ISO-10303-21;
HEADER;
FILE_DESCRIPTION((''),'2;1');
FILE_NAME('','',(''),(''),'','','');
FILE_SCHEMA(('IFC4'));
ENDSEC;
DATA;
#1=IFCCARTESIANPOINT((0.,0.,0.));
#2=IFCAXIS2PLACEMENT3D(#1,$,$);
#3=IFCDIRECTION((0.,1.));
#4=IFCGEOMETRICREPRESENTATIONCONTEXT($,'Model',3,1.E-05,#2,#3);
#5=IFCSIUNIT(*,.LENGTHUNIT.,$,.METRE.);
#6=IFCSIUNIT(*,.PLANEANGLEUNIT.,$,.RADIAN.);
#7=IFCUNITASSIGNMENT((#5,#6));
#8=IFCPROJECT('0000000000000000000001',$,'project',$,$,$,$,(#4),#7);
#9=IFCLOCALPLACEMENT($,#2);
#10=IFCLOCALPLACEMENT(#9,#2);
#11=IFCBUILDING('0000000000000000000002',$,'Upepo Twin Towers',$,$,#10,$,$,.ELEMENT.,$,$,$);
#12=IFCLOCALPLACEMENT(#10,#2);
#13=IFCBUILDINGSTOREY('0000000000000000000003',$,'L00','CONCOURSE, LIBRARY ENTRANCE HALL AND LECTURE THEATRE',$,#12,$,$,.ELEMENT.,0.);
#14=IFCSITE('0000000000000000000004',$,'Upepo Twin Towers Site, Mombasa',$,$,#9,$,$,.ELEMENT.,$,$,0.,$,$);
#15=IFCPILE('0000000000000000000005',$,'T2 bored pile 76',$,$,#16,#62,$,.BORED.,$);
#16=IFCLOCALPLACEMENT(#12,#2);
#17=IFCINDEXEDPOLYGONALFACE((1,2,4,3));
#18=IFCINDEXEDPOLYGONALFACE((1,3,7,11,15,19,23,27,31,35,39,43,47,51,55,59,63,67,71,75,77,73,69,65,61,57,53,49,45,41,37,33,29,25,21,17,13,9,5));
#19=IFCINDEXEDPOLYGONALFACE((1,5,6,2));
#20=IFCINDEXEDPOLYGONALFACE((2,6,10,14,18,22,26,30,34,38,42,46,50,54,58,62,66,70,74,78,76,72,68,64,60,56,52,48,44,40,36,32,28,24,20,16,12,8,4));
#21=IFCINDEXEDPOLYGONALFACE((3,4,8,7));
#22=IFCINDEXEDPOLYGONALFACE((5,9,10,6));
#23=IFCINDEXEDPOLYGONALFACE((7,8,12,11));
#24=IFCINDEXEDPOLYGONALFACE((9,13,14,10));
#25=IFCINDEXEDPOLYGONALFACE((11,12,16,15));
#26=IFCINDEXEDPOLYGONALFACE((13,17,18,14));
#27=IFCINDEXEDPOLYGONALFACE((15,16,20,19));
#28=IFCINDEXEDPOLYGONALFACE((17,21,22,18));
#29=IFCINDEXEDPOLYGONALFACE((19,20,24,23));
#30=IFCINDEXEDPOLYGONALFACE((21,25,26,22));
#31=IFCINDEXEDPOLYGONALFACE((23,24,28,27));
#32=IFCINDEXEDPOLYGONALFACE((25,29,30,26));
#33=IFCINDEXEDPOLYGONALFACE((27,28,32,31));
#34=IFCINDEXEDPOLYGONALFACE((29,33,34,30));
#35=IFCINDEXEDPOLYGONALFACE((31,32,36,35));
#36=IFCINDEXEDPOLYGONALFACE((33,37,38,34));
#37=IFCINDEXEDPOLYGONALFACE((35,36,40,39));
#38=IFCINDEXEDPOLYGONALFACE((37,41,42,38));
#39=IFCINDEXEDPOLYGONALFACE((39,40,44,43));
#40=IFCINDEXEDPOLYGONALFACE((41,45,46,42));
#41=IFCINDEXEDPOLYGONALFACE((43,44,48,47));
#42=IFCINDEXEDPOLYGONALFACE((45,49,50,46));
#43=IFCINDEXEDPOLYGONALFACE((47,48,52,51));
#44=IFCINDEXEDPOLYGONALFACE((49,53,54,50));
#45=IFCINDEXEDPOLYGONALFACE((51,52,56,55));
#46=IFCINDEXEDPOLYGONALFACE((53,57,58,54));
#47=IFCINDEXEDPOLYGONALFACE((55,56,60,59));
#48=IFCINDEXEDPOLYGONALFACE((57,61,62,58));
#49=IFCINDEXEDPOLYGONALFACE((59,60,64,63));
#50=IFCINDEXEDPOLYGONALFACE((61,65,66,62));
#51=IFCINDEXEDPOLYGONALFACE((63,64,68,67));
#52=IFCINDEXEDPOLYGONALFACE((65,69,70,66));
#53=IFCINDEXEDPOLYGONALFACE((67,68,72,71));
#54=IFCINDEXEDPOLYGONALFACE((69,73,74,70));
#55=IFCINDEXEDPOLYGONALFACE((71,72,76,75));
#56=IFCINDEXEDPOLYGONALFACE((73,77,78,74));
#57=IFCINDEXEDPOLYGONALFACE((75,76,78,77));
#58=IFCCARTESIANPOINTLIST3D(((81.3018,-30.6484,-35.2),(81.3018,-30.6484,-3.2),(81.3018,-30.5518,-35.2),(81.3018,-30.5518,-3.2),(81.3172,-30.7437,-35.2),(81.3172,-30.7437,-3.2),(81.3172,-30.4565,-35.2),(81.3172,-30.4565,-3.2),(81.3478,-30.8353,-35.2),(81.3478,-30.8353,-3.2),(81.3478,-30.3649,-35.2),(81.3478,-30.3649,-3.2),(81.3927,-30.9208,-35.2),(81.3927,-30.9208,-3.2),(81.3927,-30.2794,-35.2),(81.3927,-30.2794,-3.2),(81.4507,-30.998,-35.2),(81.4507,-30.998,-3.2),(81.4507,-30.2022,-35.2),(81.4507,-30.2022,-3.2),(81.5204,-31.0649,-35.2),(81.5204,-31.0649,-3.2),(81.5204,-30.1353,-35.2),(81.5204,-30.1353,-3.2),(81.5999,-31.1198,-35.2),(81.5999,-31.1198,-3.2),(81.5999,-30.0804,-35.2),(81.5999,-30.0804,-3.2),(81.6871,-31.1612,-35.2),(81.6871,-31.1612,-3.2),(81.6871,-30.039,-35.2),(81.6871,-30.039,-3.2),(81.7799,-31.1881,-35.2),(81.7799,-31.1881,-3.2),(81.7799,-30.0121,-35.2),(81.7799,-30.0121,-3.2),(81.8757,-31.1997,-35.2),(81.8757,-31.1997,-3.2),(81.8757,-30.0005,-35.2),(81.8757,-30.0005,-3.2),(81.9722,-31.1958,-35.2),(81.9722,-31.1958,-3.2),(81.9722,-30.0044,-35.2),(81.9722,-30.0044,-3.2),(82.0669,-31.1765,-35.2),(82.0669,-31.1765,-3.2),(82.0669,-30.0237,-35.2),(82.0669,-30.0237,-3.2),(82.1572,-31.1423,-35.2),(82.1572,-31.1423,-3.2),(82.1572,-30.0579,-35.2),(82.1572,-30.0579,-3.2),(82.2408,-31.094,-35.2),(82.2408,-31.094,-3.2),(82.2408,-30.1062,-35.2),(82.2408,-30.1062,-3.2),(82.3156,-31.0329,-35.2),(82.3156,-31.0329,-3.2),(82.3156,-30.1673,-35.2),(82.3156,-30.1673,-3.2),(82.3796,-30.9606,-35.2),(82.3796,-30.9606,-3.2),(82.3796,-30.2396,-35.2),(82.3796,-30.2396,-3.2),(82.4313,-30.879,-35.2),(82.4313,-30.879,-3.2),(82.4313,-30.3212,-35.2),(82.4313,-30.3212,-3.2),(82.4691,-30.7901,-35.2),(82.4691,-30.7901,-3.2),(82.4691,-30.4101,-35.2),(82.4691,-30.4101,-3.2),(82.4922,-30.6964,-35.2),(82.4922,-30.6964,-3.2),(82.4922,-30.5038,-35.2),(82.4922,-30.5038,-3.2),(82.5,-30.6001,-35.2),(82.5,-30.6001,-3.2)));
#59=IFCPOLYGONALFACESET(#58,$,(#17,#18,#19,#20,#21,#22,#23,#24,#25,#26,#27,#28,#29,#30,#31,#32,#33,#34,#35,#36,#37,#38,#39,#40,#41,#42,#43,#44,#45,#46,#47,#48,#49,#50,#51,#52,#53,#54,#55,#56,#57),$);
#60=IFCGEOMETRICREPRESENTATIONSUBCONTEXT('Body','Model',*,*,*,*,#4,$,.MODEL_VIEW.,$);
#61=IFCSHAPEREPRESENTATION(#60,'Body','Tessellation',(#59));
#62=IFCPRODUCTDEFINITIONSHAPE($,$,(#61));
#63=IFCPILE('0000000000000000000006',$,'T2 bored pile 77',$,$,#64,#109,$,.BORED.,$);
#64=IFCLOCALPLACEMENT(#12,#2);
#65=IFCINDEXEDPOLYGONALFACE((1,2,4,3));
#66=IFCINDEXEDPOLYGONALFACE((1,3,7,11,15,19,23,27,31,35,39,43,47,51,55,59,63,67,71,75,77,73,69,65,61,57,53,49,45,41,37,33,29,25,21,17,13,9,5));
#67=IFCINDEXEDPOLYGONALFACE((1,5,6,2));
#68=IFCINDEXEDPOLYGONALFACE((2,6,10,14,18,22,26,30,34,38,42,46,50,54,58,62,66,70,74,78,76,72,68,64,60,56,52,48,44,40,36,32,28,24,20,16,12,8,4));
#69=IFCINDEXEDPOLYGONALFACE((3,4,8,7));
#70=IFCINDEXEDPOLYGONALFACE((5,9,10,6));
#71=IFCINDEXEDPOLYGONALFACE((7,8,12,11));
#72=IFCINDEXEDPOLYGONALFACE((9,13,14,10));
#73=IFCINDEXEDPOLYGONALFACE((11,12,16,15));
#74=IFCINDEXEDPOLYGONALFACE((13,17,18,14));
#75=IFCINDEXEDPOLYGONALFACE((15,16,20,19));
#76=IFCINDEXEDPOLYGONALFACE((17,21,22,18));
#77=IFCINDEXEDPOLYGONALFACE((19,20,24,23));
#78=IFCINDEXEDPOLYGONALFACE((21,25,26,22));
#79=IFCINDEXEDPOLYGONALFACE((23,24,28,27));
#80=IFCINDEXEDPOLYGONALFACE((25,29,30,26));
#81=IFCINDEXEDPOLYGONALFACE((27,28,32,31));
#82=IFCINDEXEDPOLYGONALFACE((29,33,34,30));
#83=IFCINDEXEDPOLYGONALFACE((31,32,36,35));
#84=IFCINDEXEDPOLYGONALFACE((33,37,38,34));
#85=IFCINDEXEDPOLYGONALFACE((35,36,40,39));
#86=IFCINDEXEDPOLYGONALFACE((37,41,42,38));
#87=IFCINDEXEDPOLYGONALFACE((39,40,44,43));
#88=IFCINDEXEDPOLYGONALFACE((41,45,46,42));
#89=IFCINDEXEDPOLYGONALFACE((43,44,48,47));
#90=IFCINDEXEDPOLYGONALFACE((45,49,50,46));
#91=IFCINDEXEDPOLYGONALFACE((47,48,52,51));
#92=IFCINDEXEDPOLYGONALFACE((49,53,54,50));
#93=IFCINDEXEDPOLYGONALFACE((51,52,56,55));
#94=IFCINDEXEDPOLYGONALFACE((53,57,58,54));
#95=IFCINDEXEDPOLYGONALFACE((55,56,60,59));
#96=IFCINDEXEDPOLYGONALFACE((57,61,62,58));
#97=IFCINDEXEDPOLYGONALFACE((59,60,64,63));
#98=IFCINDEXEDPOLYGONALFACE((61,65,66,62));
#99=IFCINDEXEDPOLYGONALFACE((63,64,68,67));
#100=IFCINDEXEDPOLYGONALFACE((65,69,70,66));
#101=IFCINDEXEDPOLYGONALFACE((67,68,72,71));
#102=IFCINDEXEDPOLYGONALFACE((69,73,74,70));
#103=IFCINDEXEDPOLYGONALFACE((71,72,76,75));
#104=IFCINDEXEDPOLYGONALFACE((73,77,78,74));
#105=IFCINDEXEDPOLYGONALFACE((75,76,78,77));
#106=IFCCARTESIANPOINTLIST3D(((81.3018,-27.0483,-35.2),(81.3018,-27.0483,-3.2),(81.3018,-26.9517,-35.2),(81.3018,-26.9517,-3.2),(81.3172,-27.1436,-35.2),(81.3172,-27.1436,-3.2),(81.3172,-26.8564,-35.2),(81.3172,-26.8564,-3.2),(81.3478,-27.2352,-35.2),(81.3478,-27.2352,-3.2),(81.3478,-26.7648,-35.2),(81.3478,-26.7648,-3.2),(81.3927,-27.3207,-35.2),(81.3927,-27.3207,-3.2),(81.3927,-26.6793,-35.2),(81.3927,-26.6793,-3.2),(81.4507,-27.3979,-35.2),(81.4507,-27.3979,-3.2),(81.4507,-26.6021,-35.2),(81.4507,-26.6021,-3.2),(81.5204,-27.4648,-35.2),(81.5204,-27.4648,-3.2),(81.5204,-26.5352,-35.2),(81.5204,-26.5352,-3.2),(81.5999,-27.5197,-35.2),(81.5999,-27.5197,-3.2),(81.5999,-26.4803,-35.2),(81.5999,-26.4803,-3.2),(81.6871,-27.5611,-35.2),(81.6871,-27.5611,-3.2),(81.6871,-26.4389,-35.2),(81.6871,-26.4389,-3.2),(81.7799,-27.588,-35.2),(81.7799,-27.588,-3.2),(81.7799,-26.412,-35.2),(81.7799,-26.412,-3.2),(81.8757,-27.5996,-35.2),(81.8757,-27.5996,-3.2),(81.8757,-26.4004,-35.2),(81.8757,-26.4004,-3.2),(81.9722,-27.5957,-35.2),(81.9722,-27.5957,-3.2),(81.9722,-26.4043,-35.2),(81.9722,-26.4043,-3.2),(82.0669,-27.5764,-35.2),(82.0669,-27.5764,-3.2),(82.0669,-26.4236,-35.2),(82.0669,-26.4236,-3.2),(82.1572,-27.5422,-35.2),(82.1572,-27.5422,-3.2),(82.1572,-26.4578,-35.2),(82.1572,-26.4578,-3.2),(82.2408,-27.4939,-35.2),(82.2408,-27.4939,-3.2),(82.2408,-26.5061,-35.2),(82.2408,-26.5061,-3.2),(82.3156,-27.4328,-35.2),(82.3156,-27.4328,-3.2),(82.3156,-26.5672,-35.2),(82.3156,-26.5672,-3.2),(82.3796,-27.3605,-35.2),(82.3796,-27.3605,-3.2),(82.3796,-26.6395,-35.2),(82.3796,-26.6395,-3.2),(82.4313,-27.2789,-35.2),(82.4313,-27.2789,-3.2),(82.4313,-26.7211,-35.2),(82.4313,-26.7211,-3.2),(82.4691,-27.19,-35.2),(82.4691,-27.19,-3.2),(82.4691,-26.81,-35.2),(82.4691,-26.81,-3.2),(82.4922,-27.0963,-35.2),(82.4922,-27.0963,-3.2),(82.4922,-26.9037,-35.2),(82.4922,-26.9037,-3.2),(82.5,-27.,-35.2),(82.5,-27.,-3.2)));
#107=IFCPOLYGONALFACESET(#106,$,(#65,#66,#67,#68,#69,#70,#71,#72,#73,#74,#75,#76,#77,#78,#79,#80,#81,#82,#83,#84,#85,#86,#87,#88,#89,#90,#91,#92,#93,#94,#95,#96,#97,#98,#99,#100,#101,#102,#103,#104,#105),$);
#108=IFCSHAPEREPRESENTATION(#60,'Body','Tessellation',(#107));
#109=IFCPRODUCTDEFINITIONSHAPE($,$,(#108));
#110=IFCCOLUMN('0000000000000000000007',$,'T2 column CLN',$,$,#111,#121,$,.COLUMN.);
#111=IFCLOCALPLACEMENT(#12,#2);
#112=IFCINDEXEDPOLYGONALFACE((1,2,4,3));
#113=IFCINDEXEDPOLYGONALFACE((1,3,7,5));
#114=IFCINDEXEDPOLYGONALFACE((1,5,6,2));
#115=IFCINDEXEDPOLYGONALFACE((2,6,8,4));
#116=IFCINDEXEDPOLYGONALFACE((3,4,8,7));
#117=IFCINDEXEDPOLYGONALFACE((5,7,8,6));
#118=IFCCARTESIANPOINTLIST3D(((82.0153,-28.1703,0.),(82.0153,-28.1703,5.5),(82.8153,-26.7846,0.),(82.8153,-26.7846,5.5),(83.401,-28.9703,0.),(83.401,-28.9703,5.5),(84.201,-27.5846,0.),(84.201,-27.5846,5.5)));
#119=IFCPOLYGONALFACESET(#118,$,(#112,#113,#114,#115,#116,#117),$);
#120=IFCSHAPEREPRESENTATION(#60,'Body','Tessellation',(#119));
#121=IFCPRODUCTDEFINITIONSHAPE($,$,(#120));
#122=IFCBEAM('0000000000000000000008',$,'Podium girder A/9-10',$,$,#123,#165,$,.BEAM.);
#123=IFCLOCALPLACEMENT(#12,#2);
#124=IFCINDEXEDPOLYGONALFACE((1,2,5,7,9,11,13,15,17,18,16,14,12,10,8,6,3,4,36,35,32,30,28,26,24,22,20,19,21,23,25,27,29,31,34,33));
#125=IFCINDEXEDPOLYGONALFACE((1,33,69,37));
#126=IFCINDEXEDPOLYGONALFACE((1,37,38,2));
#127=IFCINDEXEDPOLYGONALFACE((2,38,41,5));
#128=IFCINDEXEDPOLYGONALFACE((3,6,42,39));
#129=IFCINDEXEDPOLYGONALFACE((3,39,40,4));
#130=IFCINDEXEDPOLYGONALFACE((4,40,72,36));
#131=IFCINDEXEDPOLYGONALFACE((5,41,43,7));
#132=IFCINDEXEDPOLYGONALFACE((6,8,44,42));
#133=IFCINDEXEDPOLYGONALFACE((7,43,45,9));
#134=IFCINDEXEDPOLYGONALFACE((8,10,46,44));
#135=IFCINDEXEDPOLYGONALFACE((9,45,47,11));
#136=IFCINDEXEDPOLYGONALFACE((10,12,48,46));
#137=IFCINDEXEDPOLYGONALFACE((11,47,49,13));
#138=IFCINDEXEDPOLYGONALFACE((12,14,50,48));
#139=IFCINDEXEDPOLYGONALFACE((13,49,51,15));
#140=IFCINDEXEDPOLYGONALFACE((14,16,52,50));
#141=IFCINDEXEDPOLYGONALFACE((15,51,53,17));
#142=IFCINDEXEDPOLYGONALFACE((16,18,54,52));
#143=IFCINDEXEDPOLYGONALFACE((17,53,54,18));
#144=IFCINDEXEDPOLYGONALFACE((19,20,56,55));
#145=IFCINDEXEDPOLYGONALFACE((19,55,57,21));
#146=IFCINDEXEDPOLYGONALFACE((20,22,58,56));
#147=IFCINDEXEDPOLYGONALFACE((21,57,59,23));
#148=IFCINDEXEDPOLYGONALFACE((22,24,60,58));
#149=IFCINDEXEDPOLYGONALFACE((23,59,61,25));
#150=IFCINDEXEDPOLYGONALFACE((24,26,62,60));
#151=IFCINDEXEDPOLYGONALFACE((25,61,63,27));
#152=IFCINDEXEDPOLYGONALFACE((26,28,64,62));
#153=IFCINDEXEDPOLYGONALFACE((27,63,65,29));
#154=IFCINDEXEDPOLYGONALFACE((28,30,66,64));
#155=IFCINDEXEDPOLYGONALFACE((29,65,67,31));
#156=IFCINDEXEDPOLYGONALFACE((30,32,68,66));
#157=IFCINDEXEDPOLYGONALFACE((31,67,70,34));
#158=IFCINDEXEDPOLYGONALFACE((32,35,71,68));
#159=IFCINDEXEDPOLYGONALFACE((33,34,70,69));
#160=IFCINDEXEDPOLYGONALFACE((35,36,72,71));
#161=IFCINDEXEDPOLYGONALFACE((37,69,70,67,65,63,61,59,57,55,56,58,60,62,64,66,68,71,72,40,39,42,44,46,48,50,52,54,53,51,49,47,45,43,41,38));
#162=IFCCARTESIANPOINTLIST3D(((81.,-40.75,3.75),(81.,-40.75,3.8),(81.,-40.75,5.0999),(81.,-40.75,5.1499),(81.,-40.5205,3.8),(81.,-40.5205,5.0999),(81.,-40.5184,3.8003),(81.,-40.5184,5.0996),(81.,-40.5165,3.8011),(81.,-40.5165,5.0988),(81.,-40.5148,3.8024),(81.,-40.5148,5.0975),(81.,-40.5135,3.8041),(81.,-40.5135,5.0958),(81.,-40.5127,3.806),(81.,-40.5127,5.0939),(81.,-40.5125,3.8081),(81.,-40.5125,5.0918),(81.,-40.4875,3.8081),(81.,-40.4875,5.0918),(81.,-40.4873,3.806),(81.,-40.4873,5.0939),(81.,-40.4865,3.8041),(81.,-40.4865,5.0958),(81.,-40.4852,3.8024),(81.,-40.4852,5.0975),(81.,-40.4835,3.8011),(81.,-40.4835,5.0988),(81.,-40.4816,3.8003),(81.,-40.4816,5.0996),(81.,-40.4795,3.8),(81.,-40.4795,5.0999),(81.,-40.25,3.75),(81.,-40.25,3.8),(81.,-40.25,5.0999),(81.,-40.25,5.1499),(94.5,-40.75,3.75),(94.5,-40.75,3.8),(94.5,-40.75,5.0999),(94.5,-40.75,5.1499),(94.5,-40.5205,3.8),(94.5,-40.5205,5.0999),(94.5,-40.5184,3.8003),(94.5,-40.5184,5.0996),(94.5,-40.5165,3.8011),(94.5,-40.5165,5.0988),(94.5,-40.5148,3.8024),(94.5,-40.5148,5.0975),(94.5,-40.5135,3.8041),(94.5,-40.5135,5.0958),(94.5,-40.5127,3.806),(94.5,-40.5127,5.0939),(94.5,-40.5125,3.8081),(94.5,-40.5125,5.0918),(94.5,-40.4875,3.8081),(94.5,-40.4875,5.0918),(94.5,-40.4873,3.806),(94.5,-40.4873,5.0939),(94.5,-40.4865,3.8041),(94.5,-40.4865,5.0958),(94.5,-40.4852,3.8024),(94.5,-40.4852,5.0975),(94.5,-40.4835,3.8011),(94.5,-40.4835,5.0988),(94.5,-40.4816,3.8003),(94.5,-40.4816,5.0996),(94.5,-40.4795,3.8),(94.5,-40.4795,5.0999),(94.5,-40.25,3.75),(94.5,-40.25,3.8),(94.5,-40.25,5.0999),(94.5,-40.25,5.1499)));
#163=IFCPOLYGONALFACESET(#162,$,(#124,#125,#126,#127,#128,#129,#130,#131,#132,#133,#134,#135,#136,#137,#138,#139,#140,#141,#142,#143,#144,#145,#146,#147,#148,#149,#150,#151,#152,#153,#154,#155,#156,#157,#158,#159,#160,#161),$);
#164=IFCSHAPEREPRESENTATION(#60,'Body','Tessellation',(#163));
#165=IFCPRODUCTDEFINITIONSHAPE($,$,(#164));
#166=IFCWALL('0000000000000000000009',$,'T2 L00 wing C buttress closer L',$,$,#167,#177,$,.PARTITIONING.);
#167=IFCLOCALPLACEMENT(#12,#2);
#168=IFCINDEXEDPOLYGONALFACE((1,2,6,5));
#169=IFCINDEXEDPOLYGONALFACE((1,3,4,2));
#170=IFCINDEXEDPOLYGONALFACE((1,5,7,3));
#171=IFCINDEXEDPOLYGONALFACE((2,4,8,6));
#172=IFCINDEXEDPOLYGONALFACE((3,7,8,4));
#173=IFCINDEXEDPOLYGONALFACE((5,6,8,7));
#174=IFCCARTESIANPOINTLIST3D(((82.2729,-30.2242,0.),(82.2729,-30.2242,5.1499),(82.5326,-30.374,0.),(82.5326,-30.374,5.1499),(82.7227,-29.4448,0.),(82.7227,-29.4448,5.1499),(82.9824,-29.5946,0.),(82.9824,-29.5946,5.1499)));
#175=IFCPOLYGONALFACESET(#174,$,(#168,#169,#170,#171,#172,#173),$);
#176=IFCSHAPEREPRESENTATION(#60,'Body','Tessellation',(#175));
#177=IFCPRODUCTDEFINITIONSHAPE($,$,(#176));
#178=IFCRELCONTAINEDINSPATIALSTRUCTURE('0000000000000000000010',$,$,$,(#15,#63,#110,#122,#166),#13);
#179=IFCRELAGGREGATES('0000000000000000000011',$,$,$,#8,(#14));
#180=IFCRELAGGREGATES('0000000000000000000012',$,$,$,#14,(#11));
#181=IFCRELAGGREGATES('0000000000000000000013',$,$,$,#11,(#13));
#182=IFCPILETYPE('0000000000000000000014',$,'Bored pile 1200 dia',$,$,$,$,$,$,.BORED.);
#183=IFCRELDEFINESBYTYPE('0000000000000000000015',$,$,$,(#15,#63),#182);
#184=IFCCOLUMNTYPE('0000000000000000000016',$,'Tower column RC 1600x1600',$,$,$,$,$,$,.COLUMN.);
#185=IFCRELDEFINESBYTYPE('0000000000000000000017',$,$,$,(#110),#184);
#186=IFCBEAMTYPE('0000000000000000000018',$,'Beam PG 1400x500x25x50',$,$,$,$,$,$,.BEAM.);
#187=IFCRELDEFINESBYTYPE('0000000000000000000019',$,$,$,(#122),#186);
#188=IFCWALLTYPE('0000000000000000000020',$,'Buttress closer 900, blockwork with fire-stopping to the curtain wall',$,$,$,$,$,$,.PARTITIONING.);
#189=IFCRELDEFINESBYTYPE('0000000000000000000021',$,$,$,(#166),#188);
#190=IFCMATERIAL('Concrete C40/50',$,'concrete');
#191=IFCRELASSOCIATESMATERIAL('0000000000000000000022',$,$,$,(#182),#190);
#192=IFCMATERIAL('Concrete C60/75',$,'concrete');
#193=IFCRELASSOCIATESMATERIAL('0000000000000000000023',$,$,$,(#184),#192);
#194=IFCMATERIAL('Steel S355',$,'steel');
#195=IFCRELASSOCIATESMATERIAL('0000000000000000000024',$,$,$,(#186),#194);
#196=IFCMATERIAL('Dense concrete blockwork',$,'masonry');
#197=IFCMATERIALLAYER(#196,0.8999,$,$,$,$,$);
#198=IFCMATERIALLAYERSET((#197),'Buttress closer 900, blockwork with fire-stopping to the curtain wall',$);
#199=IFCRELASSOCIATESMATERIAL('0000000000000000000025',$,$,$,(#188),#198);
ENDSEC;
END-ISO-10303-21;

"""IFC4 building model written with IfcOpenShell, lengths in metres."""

from ifc_helpers import new_model, si_unit, direction, frame, frame_2d, origin, origin_2d, place, context, subcontext, project, spatial, rectangle, circle, i_section, extrude, material, layer, layer_set, material_profile, profile_set, type_object, element, save


model = new_model("IFC4")

# Units and contexts
model_context = context("Model", 3, precision=1e-05, world=origin(), true_north=direction((0.0, 1.0)))
body_context = subcontext(model_context, "Body", "Model", "MODEL_VIEW")
ifc_project = project(units=[si_unit("LENGTHUNIT", "METRE"), si_unit("PLANEANGLEUNIT", "RADIAN")], contexts=[model_context])

# Site, building, storey
site_placement = place(None, origin())
site = spatial("IfcSite", under=ifc_project, at=site_placement, Name="Upepo Twin Towers Site, Mombasa", CompositionType="ELEMENT", RefElevation=0.0)
building_placement = place(site_placement, origin())
building = spatial("IfcBuilding", under=site, at=building_placement, Name="Upepo Twin Towers", CompositionType="ELEMENT")
storey_placement = place(building_placement, origin())
storey = spatial("IfcBuildingStorey", under=building, at=storey_placement, Name="L00", Description="CONCOURSE, LIBRARY ENTRANCE HALL AND LECTURE THEATRE", CompositionType="ELEMENT", Elevation=0.0)

# Piles
ifc_material_1 = material(Name="Concrete C40/50", Category="concrete")
pile_type = type_object("IfcPileType", Name="Bored pile 1200 dia", PredefinedType="BORED", material=ifc_material_1)
for number, where, z_axis, x_axis, name in (
    (1, (81.8999, -30.6001, -3.2), (0.0, 0.0, -1.0), (1.0, 0.0, 0.0), "T2 bored pile 76"),
    (2, (81.8999, -27.0, -3.2), (0.0, 0.0, -1.0), (1.0, 0.0, 0.0), "T2 bored pile 77"),
):
    element("IfcPile", number, at=place(storey_placement, frame(where, z_axis=z_axis, x_axis=x_axis)), inside=storey, type_object=pile_type, Name=name, PredefinedType="BORED", context=body_context, shape_type="SweptSolid", body=[
        extrude(circle(Radius=0.6001, at=origin_2d()), origin(), (0.0, 0.0, 1.0), 32.0),
    ])

# Column
ifc_material_2 = material(Name="Concrete C60/75", Category="concrete")
ifc_material_profile_1 = material_profile(ifc_material_2, rectangle(XDim=1.6001, YDim=1.6001, at=origin_2d()), Name="RC 1600x1600")
ifc_profile_set_1 = profile_set([ifc_material_profile_1], Name="Concrete C60/75")
column_type = type_object("IfcColumnType", Name="Tower column RC 1600x1600", PredefinedType="COLUMN", material=ifc_profile_set_1)
column_placement = place(storey_placement, frame((83.1082, -27.8774, 0.0), z_axis=(0.0, 0.0, 1.0), x_axis=(0.5, 0.866025, 0.0)))
element("IfcColumn", 3, at=column_placement, inside=storey, type_object=column_type, Name="T2 column CLN", PredefinedType="COLUMN", context=body_context, shape_type="SweptSolid", body=[
    extrude(rectangle(XDim=1.6001, YDim=1.6001, at=origin_2d()), origin(), (0.0, 0.0, 1.0), 5.5),
])

# Beam
ifc_material_3 = material(Name="Steel S355", Category="steel")
ifc_material_profile_2 = material_profile(ifc_material_3, i_section(OverallWidth=0.5, OverallDepth=1.3999, WebThickness=0.0249, FlangeThickness=0.05, FilletRadius=0.0081, at=origin_2d()), Name="PG 1400x500x25x50")
ifc_profile_set_2 = profile_set([ifc_material_profile_2], Name="Steel S355")
beam_type = type_object("IfcBeamType", Name="Beam PG 1400x500x25x50", PredefinedType="BEAM", material=ifc_profile_set_2)
beam_placement = place(storey_placement, frame((81.0, -40.5, 4.45), z_axis=(1.0, 0.0, 0.0), x_axis=(0.0, 1.0, 0.0)))
element("IfcBeam", 4, at=beam_placement, inside=storey, type_object=beam_type, Name="Podium girder A/9-10", PredefinedType="BEAM", context=body_context, shape_type="SweptSolid", body=[
    extrude(i_section(OverallWidth=0.5, OverallDepth=1.3999, WebThickness=0.0249, FlangeThickness=0.05, FilletRadius=0.0081, at=origin_2d()), origin(), (0.0, 0.0, 1.0), 13.5),
])

# Wall
ifc_material_4 = material(Name="Dense concrete blockwork", Category="masonry")
ifc_layer_1 = layer(ifc_material_4, 0.8999)
ifc_layer_set_1 = layer_set([ifc_layer_1], Name="Buttress closer 900, blockwork with fire-stopping to the curtain wall")
wall_type_1 = type_object("IfcWallType", Name="Buttress closer 900, blockwork with fire-stopping to the curtain wall", PredefinedType="PARTITIONING", material=ifc_layer_set_1)
wall_1_placement = place(storey_placement, frame((82.4978, -29.8345, 0.0), z_axis=(0.0, 0.0, 1.0), x_axis=(0.866131, -0.499816, 0.0)))
element("IfcWall", 5, at=wall_1_placement, inside=storey, type_object=wall_type_1, Name="T2 L00 wing C buttress closer L", PredefinedType="PARTITIONING", context=body_context, shape_type="SweptSolid", body=[
    extrude(rectangle(XDim=0.2998, YDim=0.8999, at=frame_2d((0.1499, 0.0))), origin(), (0.0, 0.0, 1.0), 5.1499),
])

save(model, "model.ifc")
